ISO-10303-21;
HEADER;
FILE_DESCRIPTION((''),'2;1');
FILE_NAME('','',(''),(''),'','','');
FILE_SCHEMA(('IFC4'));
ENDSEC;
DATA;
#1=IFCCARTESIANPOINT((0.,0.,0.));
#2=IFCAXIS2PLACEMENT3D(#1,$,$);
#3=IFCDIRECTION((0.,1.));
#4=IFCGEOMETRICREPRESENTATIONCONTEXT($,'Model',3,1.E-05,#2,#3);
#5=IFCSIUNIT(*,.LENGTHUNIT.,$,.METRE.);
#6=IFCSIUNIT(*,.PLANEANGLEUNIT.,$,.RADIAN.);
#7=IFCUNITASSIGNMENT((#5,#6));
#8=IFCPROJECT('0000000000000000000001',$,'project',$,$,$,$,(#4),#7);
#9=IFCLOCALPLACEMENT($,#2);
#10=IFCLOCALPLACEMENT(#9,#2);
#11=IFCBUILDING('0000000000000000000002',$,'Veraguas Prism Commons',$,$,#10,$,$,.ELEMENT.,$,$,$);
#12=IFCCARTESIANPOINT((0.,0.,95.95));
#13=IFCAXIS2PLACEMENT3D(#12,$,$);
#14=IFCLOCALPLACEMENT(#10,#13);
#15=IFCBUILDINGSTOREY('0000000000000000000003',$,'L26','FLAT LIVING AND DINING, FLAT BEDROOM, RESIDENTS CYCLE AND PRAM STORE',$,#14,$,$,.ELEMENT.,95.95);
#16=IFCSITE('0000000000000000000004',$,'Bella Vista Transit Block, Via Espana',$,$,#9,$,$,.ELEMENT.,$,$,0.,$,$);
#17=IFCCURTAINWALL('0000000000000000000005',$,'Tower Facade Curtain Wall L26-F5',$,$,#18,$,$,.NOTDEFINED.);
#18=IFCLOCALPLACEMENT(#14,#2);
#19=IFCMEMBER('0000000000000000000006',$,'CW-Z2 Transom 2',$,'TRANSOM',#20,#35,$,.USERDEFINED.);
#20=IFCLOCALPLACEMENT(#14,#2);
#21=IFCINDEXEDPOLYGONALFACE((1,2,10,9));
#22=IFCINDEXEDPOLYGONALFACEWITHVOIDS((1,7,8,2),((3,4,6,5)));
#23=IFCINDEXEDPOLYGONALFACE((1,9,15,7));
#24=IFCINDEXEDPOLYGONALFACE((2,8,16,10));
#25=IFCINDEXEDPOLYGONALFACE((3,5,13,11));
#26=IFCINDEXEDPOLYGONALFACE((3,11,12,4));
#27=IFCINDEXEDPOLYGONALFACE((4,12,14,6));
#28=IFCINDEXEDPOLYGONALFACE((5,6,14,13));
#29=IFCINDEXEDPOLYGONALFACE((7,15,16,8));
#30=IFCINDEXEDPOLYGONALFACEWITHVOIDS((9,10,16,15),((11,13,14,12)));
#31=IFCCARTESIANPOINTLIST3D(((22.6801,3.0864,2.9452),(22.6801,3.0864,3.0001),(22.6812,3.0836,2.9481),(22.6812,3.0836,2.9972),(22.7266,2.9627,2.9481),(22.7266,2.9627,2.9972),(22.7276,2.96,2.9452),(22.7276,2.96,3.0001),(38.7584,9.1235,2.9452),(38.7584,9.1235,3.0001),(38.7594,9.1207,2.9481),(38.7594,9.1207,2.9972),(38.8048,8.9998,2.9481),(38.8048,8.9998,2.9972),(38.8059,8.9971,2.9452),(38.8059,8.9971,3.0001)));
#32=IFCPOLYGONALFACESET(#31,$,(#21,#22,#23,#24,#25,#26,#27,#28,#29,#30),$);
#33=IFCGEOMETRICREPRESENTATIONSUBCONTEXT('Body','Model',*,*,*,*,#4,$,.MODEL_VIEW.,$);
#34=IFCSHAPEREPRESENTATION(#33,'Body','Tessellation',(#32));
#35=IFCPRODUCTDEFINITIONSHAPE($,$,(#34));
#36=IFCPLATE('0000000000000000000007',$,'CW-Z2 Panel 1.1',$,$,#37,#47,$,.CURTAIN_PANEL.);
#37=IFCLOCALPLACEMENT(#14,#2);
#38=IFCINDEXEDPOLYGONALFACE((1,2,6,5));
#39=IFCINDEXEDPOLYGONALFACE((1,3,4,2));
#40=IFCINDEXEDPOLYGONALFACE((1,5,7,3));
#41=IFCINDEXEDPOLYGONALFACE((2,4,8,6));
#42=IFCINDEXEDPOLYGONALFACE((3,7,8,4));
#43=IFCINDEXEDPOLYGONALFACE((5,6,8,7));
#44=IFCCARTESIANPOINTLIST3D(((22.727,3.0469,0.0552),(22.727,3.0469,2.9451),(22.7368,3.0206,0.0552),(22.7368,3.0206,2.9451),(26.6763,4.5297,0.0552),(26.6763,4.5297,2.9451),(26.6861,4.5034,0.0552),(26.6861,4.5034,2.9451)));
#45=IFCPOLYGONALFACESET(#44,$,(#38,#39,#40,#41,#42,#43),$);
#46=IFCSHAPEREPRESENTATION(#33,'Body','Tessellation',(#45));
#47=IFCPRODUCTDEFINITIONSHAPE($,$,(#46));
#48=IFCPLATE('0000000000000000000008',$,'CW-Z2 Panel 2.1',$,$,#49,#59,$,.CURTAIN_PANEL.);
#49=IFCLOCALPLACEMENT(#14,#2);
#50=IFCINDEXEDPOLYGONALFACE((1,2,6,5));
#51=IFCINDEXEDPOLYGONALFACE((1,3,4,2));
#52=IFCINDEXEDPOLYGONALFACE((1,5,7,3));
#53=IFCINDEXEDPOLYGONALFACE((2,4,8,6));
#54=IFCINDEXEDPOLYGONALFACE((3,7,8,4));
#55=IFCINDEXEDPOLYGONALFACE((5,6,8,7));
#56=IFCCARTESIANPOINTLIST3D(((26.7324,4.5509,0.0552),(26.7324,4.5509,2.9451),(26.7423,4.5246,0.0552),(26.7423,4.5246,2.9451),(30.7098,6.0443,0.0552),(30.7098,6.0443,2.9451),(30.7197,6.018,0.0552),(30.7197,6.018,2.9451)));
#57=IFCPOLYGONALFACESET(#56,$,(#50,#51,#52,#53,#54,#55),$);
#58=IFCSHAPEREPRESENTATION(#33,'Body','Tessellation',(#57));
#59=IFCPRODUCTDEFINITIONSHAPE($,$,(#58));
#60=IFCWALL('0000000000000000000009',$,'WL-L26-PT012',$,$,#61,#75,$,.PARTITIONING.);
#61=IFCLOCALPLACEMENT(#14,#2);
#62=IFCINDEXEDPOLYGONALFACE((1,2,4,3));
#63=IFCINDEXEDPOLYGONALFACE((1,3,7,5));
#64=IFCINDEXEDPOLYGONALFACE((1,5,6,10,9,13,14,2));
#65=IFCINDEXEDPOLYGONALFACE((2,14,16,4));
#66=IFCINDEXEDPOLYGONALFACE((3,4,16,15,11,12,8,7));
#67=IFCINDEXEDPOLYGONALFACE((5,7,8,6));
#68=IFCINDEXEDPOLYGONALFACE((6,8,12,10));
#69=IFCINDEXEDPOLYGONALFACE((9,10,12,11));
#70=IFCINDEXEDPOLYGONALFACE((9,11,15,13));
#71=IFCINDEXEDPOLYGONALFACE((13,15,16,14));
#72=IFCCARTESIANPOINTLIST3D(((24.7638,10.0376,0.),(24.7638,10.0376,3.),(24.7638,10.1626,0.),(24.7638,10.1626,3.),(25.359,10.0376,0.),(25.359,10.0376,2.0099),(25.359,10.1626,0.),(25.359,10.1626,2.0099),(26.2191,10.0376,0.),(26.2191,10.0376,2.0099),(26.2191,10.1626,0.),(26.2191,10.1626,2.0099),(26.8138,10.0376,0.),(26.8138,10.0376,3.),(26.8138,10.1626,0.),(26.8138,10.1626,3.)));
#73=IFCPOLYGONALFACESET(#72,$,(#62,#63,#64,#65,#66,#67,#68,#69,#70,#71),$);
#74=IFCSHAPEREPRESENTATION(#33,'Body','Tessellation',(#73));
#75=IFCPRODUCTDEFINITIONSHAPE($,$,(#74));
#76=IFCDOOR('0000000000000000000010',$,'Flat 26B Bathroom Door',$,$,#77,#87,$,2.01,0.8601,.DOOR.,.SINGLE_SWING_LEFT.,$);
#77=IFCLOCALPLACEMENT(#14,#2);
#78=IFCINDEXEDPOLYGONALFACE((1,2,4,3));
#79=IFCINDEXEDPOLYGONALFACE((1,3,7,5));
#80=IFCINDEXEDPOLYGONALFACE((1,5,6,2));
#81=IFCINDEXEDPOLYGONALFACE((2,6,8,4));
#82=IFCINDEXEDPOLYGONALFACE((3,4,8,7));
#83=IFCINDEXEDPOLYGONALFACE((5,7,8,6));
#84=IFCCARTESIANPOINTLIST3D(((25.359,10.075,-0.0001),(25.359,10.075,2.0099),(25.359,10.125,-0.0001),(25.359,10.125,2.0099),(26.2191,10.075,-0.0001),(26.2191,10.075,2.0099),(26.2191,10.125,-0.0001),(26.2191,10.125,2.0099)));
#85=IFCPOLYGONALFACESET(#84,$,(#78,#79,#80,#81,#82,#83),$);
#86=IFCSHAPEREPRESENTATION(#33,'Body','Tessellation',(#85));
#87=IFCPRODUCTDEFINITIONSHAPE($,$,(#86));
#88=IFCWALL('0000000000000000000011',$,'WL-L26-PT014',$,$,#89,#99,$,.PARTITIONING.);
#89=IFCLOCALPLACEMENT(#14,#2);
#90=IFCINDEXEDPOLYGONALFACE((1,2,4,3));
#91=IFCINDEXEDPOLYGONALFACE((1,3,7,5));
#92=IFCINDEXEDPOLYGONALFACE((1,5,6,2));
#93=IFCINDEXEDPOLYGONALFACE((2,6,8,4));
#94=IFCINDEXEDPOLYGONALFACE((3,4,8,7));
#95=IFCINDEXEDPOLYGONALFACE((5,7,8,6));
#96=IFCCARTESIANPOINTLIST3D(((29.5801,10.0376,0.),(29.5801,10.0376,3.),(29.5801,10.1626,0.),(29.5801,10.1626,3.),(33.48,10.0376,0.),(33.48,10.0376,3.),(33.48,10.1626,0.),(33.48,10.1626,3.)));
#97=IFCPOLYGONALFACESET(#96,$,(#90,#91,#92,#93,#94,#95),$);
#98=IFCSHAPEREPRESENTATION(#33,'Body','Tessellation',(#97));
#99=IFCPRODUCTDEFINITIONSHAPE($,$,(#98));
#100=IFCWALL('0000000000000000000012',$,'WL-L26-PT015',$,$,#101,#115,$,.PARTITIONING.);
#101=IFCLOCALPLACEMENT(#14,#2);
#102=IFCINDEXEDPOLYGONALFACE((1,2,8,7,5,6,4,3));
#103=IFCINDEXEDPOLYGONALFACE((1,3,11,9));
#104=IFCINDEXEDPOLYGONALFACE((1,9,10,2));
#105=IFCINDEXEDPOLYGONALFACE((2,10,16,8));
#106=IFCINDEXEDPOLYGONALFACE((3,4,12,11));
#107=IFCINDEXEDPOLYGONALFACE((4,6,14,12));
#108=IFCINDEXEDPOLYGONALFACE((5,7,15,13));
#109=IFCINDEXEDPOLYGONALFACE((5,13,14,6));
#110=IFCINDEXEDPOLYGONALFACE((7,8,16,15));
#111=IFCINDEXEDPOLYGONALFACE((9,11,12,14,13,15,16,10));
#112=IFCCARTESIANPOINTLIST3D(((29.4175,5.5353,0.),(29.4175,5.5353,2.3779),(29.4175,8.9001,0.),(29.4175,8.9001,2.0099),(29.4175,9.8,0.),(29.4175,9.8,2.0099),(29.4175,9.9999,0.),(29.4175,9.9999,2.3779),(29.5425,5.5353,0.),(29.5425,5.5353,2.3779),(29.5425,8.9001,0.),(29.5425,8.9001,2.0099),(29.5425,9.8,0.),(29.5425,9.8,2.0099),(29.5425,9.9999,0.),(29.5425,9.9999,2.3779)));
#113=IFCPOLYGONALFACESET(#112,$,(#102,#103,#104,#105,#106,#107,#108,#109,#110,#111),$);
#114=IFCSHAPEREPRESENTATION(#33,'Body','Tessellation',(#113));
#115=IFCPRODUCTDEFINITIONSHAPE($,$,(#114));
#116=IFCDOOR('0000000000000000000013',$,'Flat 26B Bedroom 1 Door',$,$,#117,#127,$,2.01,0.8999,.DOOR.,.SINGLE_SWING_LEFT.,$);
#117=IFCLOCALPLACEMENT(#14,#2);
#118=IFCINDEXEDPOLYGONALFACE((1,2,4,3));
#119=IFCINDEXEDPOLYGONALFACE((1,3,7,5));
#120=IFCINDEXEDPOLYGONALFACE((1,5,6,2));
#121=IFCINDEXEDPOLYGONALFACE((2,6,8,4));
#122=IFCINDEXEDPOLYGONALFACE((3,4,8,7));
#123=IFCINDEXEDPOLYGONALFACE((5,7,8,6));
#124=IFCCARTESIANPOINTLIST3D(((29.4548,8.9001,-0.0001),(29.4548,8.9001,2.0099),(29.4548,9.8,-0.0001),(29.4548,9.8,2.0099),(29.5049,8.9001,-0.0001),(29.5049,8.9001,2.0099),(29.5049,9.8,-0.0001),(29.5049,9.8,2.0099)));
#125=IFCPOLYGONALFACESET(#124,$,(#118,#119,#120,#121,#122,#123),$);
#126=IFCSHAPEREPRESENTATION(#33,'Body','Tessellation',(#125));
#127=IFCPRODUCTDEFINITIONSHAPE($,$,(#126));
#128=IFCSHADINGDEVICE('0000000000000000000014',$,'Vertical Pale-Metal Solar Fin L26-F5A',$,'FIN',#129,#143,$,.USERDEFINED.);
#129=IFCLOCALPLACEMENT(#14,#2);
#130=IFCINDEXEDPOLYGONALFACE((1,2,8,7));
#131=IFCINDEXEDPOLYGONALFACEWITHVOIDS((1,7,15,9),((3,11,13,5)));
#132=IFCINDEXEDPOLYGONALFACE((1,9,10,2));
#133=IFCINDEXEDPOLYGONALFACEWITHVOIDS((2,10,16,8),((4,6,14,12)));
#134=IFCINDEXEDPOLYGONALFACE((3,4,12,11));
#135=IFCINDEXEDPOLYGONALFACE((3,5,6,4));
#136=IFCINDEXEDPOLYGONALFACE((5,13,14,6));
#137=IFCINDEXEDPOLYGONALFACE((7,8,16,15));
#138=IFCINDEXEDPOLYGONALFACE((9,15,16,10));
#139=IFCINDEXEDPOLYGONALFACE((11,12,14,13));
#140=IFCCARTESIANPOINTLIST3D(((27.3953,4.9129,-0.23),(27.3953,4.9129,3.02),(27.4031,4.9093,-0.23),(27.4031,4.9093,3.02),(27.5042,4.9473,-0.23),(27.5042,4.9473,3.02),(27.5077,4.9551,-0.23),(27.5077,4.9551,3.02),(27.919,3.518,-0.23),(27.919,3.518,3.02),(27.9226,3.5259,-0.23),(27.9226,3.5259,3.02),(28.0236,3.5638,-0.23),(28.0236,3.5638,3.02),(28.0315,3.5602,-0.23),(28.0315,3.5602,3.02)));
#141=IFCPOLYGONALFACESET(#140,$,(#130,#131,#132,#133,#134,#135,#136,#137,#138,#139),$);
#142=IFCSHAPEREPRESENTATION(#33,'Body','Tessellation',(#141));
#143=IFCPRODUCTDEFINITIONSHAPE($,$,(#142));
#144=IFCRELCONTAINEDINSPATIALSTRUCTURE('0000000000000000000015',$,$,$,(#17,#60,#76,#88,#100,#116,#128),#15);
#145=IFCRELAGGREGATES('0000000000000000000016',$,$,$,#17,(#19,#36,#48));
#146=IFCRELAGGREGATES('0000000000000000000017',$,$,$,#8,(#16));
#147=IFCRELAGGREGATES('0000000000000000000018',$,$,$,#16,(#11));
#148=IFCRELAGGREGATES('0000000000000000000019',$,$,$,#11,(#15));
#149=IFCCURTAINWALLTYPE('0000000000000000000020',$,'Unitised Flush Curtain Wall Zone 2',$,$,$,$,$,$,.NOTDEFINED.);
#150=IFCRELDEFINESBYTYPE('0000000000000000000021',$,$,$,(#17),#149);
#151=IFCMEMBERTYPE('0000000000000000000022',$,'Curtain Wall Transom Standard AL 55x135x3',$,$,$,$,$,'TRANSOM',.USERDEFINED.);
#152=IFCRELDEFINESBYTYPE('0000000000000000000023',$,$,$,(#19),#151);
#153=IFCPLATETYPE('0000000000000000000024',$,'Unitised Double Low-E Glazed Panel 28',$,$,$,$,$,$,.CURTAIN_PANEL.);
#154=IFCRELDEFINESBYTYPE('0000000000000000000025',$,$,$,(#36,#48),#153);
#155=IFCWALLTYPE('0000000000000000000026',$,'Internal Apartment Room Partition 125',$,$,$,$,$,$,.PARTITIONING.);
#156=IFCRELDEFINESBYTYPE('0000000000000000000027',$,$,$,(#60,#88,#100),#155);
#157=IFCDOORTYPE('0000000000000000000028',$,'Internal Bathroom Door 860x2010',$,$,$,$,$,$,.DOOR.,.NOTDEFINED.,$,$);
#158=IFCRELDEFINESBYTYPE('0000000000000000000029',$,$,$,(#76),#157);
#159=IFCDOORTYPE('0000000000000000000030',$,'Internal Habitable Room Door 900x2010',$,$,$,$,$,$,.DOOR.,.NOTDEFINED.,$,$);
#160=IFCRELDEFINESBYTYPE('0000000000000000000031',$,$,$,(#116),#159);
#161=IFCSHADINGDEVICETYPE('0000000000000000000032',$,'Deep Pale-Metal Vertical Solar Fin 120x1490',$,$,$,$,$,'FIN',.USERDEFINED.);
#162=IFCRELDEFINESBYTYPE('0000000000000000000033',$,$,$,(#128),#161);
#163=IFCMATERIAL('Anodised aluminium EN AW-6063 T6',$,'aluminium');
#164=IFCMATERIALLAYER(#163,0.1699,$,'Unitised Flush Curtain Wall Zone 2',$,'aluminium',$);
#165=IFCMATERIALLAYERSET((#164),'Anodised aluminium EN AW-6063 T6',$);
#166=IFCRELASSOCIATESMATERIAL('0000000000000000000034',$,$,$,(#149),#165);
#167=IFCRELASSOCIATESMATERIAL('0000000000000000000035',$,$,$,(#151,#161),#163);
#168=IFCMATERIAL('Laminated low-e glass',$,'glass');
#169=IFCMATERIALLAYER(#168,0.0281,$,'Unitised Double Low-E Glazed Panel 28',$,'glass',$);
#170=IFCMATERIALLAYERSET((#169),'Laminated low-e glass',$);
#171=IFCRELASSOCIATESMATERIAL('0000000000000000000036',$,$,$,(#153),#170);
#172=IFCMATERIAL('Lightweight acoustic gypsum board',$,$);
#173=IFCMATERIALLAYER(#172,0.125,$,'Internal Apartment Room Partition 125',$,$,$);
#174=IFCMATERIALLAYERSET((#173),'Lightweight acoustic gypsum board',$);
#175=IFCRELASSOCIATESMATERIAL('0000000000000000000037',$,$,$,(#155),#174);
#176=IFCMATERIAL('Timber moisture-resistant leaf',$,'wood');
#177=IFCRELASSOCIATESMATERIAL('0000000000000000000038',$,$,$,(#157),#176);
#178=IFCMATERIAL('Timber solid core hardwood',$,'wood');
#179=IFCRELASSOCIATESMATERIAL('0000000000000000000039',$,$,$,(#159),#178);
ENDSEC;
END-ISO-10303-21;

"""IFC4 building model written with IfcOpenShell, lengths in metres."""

from ifc_helpers import new_model, si_unit, direction, frame, frame_2d, origin, origin_2d, place, context, subcontext, project, spatial, rectangle, hollow_rectangle, extrude, source, transform, mapped, material, layer, layer_set, material_profile, profile_set, type_object, element, fill, aggregate, save


model = new_model("IFC4")

# Units and contexts
model_context = context("Model", 3, precision=1e-05, world=origin(), true_north=direction((0.0, 1.0)))
body_context = subcontext(model_context, "Body", "Model", "MODEL_VIEW")
ifc_project = project(units=[si_unit("LENGTHUNIT", "METRE"), si_unit("PLANEANGLEUNIT", "RADIAN")], contexts=[model_context])

# Site, building, storey
site_placement = place(None, origin())
site = spatial("IfcSite", under=ifc_project, at=site_placement, Name="Bella Vista Transit Block, Via Espana", CompositionType="ELEMENT", RefElevation=0.0)
building_placement = place(site_placement, origin())
building = spatial("IfcBuilding", under=site, at=building_placement, Name="Veraguas Prism Commons", CompositionType="ELEMENT")
storey_placement = place(building_placement, frame((0.0, 0.0, 95.95)))
storey = spatial("IfcBuildingStorey", under=building, at=storey_placement, Name="L26", Description="FLAT LIVING AND DINING, FLAT BEDROOM, RESIDENTS CYCLE AND PRAM STORE", CompositionType="ELEMENT", Elevation=95.95)

# Curtain wall
ifc_material_1 = material(Name="Anodised aluminium EN AW-6063 T6", Category="aluminium")
ifc_layer_1 = layer(ifc_material_1, 0.1699, Name="Unitised Flush Curtain Wall Zone 2", Category="aluminium")
ifc_layer_set_1 = layer_set([ifc_layer_1], Name="Anodised aluminium EN AW-6063 T6")
curtain_wall_type = type_object("IfcCurtainWallType", Name="Unitised Flush Curtain Wall Zone 2", PredefinedType="NOTDEFINED", material=ifc_layer_set_1)
curtain_wall_1_placement = place(storey_placement, origin())
curtain_wall_1 = element("IfcCurtainWall", 1, at=curtain_wall_1_placement, inside=storey, type_object=curtain_wall_type, Name="Tower Facade Curtain Wall L26-F5", PredefinedType="NOTDEFINED")

# Member
ifc_material_profile_1 = material_profile(ifc_material_1, hollow_rectangle(XDim=0.0549, YDim=0.135, WallThickness=0.0029, at=origin_2d()), Name="AL55X135X3")
ifc_profile_set_1 = profile_set([ifc_material_profile_1], Name="Anodised aluminium EN AW-6063 T6")
member_type_1 = type_object("IfcMemberType", Name="Curtain Wall Transom Standard AL 55x135x3", ElementType="TRANSOM", PredefinedType="USERDEFINED", material=ifc_profile_set_1)
shared_shape_1 = source(origin(), body_context, "Body", "SweptSolid", [
    extrude(hollow_rectangle(XDim=0.0549, YDim=0.135, WallThickness=0.0029, at=origin_2d()), origin(), (0.0, 0.0, 1.0), 17.1743),
])
member_1_placement = place(storey_placement, frame((22.7039, 3.0232, 2.9727), z_axis=(0.936181, 0.351518, 0.0), x_axis=(0.0, 0.0, 1.0)))
member_1 = element("IfcMember", 2, at=member_1_placement, type_object=member_type_1, Name="CW-Z2 Transom 2", ObjectType="TRANSOM", PredefinedType="USERDEFINED", context=body_context, shape_type="MappedRepresentation", body=[
    mapped(shared_shape_1, transform((0.0, 0.0, 0.0), scale=1.0)),
])

# Plates
ifc_material_2 = material(Name="Laminated low-e glass", Category="glass")
ifc_layer_2 = layer(ifc_material_2, 0.0281, Name="Unitised Double Low-E Glazed Panel 28", Category="glass")
ifc_layer_set_2 = layer_set([ifc_layer_2], Name="Laminated low-e glass")
plate_type = type_object("IfcPlateType", Name="Unitised Double Low-E Glazed Panel 28", PredefinedType="CURTAIN_PANEL", material=ifc_layer_set_2)
shared_shape_2 = source(origin(), body_context, "Body", "SweptSolid", [
    extrude(rectangle(XDim=4.2185, YDim=0.0281, at=origin_2d()), origin(), (0.0, 0.0, 1.0), 2.8899),
])
plate_1_placement = place(storey_placement, frame((24.7065, 3.7751, 0.0552), z_axis=(0.0, 0.0, 1.0), x_axis=(0.936183, 0.351513, 0.0)))
plate_1 = element("IfcPlate", 3, at=plate_1_placement, type_object=plate_type, Name="CW-Z2 Panel 1.1", PredefinedType="CURTAIN_PANEL", context=body_context, shape_type="MappedRepresentation", body=[
    mapped(shared_shape_2, transform((0.0, 0.0, 0.0), scale=1.0)),
])
shared_shape_3 = source(origin(), body_context, "Body", "SweptSolid", [
    extrude(rectangle(XDim=4.2485, YDim=0.0281, at=origin_2d()), origin(), (0.0, 0.0, 1.0), 2.8899),
])
plate_2_placement = place(storey_placement, frame((28.7261, 5.2844, 0.0552), z_axis=(0.0, 0.0, 1.0), x_axis=(0.936183, 0.351513, 0.0)))
plate_2 = element("IfcPlate", 4, at=plate_2_placement, type_object=plate_type, Name="CW-Z2 Panel 2.1", PredefinedType="CURTAIN_PANEL", context=body_context, shape_type="MappedRepresentation", body=[
    mapped(shared_shape_3, transform((0.0, 0.0, 0.0), scale=1.0)),
])
aggregate(curtain_wall_1, [member_1, plate_1, plate_2])

# Wall, opening, door
ifc_material_3 = material(Name="Lightweight acoustic gypsum board")
ifc_layer_3 = layer(ifc_material_3, 0.125, Name="Internal Apartment Room Partition 125")
ifc_layer_set_3 = layer_set([ifc_layer_3], Name="Lightweight acoustic gypsum board")
wall_type = type_object("IfcWallType", Name="Internal Apartment Room Partition 125", PredefinedType="PARTITIONING", material=ifc_layer_set_3)
wall_1_placement = place(storey_placement, frame((24.7639, 10.1001, 0.0), z_axis=(0.0, 0.0, 1.0), x_axis=(1.0, 0.0, 0.0)))
wall_1 = element("IfcWall", 5, at=wall_1_placement, inside=storey, type_object=wall_type, Name="WL-L26-PT012", PredefinedType="PARTITIONING", context=body_context, shape_type="SweptSolid", body=[
    extrude(rectangle(XDim=2.05, YDim=0.125, at=frame_2d((1.0249, 0.0))), origin(), (0.0, 0.0, 1.0), 3.0),
])
opening_1_placement = place(wall_1_placement, frame((0.595, 0.0, 0.0)))
opening_1 = element("IfcOpeningElement", 6, at=opening_1_placement, cuts=wall_1, PredefinedType="OPENING", context=body_context, shape_type="SweptSolid", body=[
    extrude(rectangle(XDim=0.8601, YDim=2.01, at=frame_2d((0.4302, 1.0049))), frame((0.0, 0.0725, 0.0), z_axis=(0.0, -1.0, 0.0), x_axis=(1.0, 0.0, 0.0)), (0.0, 0.0, 1.0), 0.145),
])
ifc_material_4 = material(Name="Timber moisture-resistant leaf", Category="wood")
door_type_1 = type_object("IfcDoorType", Name="Internal Bathroom Door 860x2010", OperationType="NOTDEFINED", PredefinedType="DOOR", material=ifc_material_4)
shared_shape_4 = source(origin(), body_context, "Body", "SweptSolid", [
    extrude(rectangle(XDim=0.8601, YDim=2.01, at=frame_2d((0.4302, 1.0049))), frame((0.0, 0.0249, 0.0), z_axis=(0.0, -1.0, 0.0), x_axis=(1.0, 0.0, 0.0)), (0.0, 0.0, 1.0), 0.05),
])
door_1_placement = place(opening_1_placement, origin())
door_1 = element("IfcDoor", 7, at=door_1_placement, inside=storey, type_object=door_type_1, Name="Flat 26B Bathroom Door", OperationType="SINGLE_SWING_LEFT", OverallHeight=2.01, OverallWidth=0.8601, PredefinedType="DOOR", context=body_context, shape_type="MappedRepresentation", body=[
    mapped(shared_shape_4, transform((0.0, 0.0, 0.0), scale=1.0)),
])
fill(opening_1, door_1)

# Wall
wall_2_placement = place(storey_placement, frame((29.5801, 10.1001, 0.0), z_axis=(0.0, 0.0, 1.0), x_axis=(1.0, 0.0, 0.0)))
element("IfcWall", 8, at=wall_2_placement, inside=storey, type_object=wall_type, Name="WL-L26-PT014", PredefinedType="PARTITIONING", context=body_context, shape_type="SweptSolid", body=[
    extrude(rectangle(XDim=3.8999, YDim=0.125, at=frame_2d((1.95, 0.0))), origin(), (0.0, 0.0, 1.0), 3.0),
])

# Wall, opening, door
wall_3_placement = place(storey_placement, frame((29.48, 10.0, 0.0), z_axis=(0.0, 0.0, 1.0), x_axis=(0.0, -1.0, 0.0)))
wall_3 = element("IfcWall", 9, at=wall_3_placement, inside=storey, type_object=wall_type, Name="WL-L26-PT015", PredefinedType="PARTITIONING", context=body_context, shape_type="SweptSolid", body=[
    extrude(rectangle(XDim=4.4646, YDim=0.125, at=frame_2d((2.2324, 0.0))), origin(), (0.0, 0.0, 1.0), 2.3779),
])
opening_2_placement = place(wall_3_placement, frame((0.2, 0.0, 0.0)))
opening_2 = element("IfcOpeningElement", 10, at=opening_2_placement, cuts=wall_3, PredefinedType="OPENING", context=body_context, shape_type="SweptSolid", body=[
    extrude(rectangle(XDim=0.8999, YDim=2.01, at=frame_2d((0.45, 1.0049))), frame((0.0, 0.0725, 0.0), z_axis=(0.0, -1.0, 0.0), x_axis=(1.0, 0.0, 0.0)), (0.0, 0.0, 1.0), 0.145),
])
ifc_material_5 = material(Name="Timber solid core hardwood", Category="wood")
door_type_2 = type_object("IfcDoorType", Name="Internal Habitable Room Door 900x2010", OperationType="NOTDEFINED", PredefinedType="DOOR", material=ifc_material_5)
shared_shape_5 = source(origin(), body_context, "Body", "SweptSolid", [
    extrude(rectangle(XDim=0.8999, YDim=2.01, at=frame_2d((0.45, 1.0049))), frame((0.0, 0.0249, 0.0), z_axis=(0.0, -1.0, 0.0), x_axis=(1.0, 0.0, 0.0)), (0.0, 0.0, 1.0), 0.05),
])
door_2_placement = place(opening_2_placement, origin())
door_2 = element("IfcDoor", 11, at=door_2_placement, inside=storey, type_object=door_type_2, Name="Flat 26B Bedroom 1 Door", OperationType="SINGLE_SWING_LEFT", OverallHeight=2.01, OverallWidth=0.8999, PredefinedType="DOOR", context=body_context, shape_type="MappedRepresentation", body=[
    mapped(shared_shape_5, transform((0.0, 0.0, 0.0), scale=1.0)),
])
fill(opening_2, door_2)

# Shading device
ifc_material_profile_2 = material_profile(ifc_material_1, hollow_rectangle(XDim=0.1201, YDim=1.49, WallThickness=0.0061, at=origin_2d()), Name="FIN120X1490X6")
ifc_profile_set_2 = profile_set([ifc_material_profile_2], Name="Anodised aluminium EN AW-6063 T6")
shading_device_type = type_object("IfcShadingDeviceType", Name="Deep Pale-Metal Vertical Solar Fin 120x1490", ElementType="FIN", PredefinedType="USERDEFINED", material=ifc_profile_set_2)
shading_device_placement = place(storey_placement, frame((27.7134, 4.2366, -0.23), z_axis=(0.0, 0.0, 1.0), x_axis=(0.936183, 0.351513, 0.0)))
element("IfcShadingDevice", 12, at=shading_device_placement, inside=storey, type_object=shading_device_type, Name="Vertical Pale-Metal Solar Fin L26-F5A", ObjectType="FIN", PredefinedType="USERDEFINED", context=body_context, shape_type="SweptSolid", body=[
    extrude(hollow_rectangle(XDim=0.1201, YDim=1.49, WallThickness=0.0061, at=origin_2d()), origin(), (0.0, 0.0, 1.0), 3.25),
])

save(model, "model.ifc")
